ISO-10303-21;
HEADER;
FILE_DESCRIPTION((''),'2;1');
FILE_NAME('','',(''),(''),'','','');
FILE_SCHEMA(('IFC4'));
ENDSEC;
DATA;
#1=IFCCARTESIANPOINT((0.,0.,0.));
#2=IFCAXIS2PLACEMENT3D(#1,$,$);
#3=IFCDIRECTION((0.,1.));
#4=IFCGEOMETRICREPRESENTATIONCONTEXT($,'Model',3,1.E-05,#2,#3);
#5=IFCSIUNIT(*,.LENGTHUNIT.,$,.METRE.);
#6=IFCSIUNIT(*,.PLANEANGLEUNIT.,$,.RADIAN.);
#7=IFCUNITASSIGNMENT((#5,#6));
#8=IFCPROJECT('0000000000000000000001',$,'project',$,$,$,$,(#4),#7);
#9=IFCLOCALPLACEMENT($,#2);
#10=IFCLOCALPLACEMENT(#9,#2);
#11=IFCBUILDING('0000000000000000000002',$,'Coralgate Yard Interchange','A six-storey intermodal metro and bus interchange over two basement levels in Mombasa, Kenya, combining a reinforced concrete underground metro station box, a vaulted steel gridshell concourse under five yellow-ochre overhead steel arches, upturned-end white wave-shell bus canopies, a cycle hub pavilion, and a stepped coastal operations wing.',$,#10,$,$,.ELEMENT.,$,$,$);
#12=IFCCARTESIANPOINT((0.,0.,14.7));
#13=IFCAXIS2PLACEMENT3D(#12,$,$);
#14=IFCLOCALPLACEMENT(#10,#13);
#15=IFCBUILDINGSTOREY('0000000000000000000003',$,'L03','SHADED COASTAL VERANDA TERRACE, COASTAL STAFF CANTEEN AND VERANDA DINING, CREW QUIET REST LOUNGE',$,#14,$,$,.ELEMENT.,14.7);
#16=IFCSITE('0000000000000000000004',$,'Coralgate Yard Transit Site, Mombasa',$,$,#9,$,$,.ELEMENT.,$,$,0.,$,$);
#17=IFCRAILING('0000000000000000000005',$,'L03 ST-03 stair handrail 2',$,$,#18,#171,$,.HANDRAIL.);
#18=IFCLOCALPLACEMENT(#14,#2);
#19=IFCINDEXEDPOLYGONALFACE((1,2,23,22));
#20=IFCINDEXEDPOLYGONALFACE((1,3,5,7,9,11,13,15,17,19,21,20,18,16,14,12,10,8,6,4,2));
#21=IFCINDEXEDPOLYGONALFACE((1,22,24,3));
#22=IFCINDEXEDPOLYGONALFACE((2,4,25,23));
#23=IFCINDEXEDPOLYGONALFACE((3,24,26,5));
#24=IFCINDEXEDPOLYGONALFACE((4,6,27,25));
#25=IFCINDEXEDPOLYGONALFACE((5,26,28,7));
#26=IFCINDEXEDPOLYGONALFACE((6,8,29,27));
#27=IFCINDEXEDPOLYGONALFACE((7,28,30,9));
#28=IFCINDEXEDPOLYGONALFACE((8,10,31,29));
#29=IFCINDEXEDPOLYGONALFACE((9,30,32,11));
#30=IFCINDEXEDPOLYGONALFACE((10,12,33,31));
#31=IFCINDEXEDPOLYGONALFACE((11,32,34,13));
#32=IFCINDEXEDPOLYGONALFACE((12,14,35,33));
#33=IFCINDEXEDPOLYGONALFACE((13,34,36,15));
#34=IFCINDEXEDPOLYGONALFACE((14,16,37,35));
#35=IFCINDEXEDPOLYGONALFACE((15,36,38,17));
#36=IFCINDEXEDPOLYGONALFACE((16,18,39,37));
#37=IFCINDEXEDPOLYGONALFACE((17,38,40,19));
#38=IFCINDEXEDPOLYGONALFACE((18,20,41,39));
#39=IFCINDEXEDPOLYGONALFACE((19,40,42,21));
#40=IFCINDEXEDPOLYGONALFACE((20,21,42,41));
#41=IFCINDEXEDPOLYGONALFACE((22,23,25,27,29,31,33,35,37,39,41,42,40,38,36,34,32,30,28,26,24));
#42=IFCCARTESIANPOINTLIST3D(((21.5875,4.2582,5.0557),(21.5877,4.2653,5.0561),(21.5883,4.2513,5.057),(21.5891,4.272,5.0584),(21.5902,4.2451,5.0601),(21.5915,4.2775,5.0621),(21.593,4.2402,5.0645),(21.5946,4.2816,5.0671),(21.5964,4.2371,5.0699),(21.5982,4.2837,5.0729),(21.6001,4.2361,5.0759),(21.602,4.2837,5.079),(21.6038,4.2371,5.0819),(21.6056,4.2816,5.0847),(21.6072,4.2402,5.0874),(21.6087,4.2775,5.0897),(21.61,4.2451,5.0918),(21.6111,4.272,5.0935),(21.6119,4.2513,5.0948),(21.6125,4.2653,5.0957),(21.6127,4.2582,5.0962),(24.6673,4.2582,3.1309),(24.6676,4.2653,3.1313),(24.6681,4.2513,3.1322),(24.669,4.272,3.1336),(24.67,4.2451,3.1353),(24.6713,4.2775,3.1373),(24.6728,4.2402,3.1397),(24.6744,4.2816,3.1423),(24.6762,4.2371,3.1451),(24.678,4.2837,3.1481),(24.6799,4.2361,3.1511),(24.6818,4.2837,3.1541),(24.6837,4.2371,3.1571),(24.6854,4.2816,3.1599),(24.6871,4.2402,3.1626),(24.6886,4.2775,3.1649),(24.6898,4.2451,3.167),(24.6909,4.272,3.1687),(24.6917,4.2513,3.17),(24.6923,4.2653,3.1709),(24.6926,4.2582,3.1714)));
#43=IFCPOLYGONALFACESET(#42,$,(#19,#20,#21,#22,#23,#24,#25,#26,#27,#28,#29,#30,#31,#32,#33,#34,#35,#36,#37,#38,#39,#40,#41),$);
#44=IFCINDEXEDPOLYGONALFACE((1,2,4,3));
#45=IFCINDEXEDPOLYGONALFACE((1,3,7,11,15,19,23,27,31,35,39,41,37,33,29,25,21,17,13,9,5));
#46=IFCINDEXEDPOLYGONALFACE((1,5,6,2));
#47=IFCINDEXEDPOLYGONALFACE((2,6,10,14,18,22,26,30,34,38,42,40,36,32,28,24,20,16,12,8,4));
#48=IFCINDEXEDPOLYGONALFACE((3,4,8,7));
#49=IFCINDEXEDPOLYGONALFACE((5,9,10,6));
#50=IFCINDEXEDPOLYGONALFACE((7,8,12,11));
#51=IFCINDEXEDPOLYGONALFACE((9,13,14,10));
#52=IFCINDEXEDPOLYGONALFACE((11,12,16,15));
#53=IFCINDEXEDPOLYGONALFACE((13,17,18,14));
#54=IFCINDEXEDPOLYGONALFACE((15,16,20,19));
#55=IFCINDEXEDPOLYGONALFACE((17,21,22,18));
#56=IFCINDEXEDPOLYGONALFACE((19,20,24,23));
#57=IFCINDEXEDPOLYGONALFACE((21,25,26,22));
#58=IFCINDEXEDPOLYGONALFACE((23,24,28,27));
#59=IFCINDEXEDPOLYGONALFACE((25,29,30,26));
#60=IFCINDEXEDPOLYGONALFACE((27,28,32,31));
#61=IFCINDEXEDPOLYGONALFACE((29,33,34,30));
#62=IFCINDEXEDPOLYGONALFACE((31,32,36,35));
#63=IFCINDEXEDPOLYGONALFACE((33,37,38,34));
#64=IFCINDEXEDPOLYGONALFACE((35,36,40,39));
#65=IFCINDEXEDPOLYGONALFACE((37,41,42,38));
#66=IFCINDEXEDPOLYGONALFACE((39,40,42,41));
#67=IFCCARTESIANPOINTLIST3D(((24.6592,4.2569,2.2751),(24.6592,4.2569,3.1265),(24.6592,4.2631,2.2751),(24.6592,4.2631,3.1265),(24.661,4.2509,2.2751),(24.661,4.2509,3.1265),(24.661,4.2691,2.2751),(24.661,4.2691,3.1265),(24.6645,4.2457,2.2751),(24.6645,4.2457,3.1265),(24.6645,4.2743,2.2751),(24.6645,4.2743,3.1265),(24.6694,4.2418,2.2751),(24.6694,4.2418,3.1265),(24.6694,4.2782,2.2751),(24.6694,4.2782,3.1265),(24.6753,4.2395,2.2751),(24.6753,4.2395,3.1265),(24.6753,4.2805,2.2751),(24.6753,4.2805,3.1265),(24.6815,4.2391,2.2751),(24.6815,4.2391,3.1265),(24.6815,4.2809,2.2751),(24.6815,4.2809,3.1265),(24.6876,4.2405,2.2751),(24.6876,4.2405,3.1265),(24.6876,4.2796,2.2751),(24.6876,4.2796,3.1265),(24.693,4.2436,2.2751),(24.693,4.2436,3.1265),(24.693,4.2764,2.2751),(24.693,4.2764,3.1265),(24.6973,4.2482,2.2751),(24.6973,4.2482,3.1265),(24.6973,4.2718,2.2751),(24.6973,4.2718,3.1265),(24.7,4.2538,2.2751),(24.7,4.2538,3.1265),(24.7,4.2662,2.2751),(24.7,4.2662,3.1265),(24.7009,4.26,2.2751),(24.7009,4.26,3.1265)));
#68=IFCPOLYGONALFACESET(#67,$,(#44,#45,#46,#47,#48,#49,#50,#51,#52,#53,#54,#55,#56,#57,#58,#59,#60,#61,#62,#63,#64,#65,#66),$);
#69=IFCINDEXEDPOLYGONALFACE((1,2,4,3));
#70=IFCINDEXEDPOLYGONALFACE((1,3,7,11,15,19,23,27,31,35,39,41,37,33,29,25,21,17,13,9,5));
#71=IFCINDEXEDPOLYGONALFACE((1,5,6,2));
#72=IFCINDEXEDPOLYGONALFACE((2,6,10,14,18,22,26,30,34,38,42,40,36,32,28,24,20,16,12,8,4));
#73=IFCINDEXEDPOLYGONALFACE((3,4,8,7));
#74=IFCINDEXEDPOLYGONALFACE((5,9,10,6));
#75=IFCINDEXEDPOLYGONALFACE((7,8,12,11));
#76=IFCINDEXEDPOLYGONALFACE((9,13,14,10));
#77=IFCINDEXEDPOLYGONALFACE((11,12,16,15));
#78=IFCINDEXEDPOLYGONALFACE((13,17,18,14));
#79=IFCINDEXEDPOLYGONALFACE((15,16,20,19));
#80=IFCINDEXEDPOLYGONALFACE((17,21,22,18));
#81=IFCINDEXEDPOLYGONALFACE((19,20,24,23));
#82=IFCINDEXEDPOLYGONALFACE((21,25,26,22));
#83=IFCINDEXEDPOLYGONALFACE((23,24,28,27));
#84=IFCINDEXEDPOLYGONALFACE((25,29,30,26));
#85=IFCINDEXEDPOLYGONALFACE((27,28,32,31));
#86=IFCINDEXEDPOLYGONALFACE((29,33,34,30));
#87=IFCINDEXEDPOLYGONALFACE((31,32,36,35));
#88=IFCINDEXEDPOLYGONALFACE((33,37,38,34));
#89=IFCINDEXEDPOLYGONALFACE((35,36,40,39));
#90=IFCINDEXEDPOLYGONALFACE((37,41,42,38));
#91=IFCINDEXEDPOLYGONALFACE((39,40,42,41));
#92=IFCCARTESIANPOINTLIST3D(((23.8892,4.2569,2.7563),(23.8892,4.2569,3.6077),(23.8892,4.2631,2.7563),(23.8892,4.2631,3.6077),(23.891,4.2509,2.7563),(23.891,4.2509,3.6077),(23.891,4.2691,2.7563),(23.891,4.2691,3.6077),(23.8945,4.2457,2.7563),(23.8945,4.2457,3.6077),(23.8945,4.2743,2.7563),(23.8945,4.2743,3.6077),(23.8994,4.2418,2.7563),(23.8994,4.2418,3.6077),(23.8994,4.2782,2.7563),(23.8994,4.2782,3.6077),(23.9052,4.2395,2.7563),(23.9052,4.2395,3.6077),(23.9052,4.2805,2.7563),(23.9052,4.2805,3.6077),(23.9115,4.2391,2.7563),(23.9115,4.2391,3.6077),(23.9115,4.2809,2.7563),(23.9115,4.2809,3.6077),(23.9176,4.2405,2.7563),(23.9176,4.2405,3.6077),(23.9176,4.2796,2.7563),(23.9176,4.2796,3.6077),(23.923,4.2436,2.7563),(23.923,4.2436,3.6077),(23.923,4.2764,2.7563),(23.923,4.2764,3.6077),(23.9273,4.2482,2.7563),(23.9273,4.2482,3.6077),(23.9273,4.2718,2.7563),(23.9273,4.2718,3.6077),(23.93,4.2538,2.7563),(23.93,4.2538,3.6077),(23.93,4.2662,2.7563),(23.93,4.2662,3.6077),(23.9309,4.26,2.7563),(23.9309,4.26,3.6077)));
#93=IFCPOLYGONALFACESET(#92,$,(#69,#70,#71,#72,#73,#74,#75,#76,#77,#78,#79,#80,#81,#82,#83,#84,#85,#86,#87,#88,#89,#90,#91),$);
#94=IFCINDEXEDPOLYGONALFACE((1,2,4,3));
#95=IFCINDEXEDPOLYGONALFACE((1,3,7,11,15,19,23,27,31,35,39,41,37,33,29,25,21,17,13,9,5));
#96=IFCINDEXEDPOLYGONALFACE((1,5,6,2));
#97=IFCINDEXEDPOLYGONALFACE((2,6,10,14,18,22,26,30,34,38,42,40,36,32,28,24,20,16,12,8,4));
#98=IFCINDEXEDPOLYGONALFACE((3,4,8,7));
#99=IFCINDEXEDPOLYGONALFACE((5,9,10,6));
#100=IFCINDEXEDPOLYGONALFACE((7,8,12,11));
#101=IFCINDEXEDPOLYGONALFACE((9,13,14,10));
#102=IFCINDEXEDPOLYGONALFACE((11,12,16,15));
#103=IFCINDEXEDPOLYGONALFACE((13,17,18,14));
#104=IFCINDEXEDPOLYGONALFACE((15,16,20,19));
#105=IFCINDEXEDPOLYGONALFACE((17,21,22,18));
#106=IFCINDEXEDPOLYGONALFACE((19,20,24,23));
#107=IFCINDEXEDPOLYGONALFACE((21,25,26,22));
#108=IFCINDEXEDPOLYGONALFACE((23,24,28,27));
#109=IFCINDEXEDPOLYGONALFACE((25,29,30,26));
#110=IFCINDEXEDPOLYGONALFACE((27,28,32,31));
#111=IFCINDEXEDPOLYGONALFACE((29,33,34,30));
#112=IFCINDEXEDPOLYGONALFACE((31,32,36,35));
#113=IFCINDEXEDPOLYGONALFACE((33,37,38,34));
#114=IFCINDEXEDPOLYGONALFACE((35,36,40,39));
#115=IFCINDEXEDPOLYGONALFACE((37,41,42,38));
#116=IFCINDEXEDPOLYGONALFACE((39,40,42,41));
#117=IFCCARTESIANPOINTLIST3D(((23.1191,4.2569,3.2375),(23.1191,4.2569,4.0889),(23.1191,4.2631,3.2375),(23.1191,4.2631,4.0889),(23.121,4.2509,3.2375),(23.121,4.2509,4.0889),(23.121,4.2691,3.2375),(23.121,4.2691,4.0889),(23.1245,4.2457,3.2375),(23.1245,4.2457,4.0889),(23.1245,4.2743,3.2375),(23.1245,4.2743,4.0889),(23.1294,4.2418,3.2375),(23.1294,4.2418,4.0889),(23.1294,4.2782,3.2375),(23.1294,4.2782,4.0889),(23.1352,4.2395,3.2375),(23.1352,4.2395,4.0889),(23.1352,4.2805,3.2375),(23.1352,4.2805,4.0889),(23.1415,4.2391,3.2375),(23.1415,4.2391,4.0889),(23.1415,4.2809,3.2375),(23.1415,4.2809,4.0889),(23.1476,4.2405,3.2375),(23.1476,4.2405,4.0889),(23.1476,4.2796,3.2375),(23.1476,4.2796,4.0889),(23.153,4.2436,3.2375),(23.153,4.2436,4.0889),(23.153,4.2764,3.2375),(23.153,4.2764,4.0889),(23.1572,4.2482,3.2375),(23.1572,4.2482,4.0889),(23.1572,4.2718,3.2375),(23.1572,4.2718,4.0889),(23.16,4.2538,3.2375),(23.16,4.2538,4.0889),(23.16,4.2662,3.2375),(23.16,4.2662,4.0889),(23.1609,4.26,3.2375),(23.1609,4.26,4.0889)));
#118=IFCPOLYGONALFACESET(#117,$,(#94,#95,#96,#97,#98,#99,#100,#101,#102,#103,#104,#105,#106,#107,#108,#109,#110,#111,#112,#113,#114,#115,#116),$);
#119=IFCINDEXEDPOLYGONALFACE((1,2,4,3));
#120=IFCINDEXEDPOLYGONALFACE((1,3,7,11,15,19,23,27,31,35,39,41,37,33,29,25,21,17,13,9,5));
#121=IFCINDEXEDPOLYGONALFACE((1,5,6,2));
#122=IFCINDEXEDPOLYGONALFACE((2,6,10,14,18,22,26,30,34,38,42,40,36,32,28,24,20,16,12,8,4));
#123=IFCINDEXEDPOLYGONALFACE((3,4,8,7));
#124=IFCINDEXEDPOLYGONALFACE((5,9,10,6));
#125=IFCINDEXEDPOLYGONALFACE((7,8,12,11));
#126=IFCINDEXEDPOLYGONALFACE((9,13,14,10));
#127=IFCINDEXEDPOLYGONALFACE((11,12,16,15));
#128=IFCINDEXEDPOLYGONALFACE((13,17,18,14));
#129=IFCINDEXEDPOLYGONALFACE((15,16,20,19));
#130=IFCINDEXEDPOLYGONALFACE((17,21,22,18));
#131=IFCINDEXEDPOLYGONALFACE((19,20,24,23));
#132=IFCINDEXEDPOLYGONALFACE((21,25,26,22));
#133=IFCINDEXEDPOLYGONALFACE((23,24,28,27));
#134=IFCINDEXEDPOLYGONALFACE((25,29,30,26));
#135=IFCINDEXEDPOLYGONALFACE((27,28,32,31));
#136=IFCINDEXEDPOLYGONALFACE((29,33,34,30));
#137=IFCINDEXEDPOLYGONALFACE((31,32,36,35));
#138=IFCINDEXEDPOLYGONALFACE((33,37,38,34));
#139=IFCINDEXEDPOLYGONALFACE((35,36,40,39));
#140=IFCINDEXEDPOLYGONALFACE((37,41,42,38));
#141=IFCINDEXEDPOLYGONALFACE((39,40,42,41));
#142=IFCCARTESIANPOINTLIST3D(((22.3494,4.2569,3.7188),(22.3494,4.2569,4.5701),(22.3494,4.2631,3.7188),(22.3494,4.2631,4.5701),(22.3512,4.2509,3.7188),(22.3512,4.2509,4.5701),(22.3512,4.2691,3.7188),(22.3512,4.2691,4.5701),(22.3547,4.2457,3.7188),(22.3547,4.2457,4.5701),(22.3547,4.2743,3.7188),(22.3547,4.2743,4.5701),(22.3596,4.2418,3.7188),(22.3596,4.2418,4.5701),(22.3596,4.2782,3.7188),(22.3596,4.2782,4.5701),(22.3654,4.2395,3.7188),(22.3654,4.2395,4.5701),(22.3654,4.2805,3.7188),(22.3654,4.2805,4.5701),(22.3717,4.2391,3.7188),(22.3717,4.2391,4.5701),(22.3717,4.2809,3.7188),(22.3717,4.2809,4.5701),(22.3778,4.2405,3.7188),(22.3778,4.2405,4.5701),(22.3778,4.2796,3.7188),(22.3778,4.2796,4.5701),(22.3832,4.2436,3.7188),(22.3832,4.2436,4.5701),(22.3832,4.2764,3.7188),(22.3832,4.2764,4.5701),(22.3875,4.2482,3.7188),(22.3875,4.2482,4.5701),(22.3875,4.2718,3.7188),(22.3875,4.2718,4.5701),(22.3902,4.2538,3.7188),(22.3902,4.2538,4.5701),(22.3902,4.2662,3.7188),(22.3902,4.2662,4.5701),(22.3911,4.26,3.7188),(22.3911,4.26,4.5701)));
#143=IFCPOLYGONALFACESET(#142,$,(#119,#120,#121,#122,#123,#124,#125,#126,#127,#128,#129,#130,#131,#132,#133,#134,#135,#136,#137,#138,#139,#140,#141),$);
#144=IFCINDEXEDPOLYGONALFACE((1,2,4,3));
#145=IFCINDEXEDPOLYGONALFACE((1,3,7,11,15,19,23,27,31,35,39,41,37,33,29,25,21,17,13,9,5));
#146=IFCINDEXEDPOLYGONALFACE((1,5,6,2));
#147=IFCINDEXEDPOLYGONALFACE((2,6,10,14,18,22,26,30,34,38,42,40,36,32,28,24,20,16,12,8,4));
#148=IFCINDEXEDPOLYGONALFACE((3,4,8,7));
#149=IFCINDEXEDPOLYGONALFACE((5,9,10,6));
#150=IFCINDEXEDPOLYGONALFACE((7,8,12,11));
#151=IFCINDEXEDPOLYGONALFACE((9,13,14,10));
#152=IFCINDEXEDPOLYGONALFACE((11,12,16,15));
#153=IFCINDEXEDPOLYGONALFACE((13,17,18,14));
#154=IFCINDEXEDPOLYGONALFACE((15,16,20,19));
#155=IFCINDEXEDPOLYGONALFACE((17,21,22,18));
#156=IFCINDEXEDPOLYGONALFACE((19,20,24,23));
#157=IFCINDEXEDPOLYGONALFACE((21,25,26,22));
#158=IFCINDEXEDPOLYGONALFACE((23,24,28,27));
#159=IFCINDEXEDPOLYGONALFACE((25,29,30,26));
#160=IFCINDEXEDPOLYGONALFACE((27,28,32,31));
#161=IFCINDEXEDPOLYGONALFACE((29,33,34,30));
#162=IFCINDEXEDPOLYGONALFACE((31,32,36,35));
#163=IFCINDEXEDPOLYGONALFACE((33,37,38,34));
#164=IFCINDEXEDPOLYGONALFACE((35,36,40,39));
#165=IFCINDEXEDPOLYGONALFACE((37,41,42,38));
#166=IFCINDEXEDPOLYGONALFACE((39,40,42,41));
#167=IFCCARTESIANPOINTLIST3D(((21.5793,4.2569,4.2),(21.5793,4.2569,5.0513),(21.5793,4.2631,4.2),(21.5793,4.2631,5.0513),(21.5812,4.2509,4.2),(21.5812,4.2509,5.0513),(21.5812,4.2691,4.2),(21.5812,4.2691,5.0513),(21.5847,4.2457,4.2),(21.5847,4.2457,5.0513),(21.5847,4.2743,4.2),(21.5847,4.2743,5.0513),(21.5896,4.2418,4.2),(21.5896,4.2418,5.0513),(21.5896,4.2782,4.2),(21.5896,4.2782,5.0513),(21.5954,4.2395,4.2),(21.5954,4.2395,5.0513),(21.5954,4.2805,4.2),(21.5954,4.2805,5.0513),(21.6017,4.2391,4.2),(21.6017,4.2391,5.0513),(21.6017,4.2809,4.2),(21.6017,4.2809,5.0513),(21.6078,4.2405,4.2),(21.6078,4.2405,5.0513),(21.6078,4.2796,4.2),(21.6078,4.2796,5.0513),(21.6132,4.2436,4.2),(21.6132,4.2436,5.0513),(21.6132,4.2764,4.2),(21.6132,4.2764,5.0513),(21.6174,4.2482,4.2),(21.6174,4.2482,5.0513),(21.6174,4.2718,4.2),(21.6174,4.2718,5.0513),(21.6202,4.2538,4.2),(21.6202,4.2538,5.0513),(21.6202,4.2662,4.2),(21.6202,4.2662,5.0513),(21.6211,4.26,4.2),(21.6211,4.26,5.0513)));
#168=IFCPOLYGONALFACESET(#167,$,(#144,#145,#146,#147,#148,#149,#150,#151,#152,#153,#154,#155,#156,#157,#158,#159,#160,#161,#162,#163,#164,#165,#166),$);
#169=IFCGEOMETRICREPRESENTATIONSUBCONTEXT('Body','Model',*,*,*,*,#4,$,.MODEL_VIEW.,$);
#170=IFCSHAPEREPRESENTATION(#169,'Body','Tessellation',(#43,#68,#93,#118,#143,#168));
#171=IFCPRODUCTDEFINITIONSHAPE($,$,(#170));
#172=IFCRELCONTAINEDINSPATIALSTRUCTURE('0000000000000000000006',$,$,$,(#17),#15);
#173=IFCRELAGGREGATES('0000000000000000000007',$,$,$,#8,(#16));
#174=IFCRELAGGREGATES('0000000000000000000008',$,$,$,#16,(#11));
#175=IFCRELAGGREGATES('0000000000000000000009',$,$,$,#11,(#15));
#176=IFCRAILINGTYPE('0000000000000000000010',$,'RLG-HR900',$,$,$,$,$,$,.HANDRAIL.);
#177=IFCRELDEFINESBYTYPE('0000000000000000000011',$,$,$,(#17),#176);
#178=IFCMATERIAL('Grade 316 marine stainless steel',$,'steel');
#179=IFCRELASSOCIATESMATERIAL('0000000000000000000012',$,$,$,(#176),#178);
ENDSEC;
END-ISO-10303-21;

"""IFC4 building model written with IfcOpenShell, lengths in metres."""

from ifc_helpers import new_model, si_unit, direction, frame, origin, origin_2d, place, context, subcontext, project, spatial, circle, extrude, material, type_object, element, save


model = new_model("IFC4")

# Units and contexts
model_context = context("Model", 3, precision=1e-05, world=origin(), true_north=direction((0.0, 1.0)))
body_context = subcontext(model_context, "Body", "Model", "MODEL_VIEW")
ifc_project = project(units=[si_unit("LENGTHUNIT", "METRE"), si_unit("PLANEANGLEUNIT", "RADIAN")], contexts=[model_context])

# Site, building, storey
site_placement = place(None, origin())
site = spatial("IfcSite", under=ifc_project, at=site_placement, Name="Coralgate Yard Transit Site, Mombasa", CompositionType="ELEMENT", RefElevation=0.0)
building_placement = place(site_placement, origin())
building = spatial("IfcBuilding", under=site, at=building_placement, Name="Coralgate Yard Interchange", Description="A six-storey intermodal metro and bus interchange over two basement levels in Mombasa, Kenya, combining a reinforced concrete underground metro station box, a vaulted steel gridshell concourse under five yellow-ochre overhead steel arches, upturned-end white wave-shell bus canopies, a cycle hub pavilion, and a stepped coastal operations wing.", CompositionType="ELEMENT")
storey_placement = place(building_placement, frame((0.0, 0.0, 14.7)))
storey = spatial("IfcBuildingStorey", under=building, at=storey_placement, Name="L03", Description="SHADED COASTAL VERANDA TERRACE, COASTAL STAFF CANTEEN AND VERANDA DINING, CREW QUIET REST LOUNGE", CompositionType="ELEMENT", Elevation=14.7)

# Railing
ifc_material_1 = material(Name="Grade 316 marine stainless steel", Category="steel")
railing_type_1 = type_object("IfcRailingType", Name="RLG-HR900", PredefinedType="HANDRAIL", material=ifc_material_1)
railing_1_placement = place(storey_placement, frame((24.6799, 4.26, 2.2751)))
element("IfcRailing", 1, at=railing_1_placement, inside=storey, type_object=railing_type_1, Name="L03 ST-03 stair handrail 2", PredefinedType="HANDRAIL", context=body_context, shape_type="SweptSolid", body=[
    extrude(circle(Radius=0.0239, at=origin_2d()), frame((0.0, 0.0, 0.876), z_axis=(-0.84801, 0.0, 0.529981), x_axis=(0.0, -1.0, 0.0)), (0.0, 0.0, 1.0), 3.6318),
    extrude(circle(Radius=0.021, at=origin_2d()), origin(), (0.0, 0.0, 1.0), 0.8513),
    extrude(circle(Radius=0.021, at=origin_2d()), frame((-0.77, 0.0, 0.4812)), (0.0, 0.0, 1.0), 0.8513),
    extrude(circle(Radius=0.021, at=origin_2d()), frame((-1.54, 0.0, 0.9624)), (0.0, 0.0, 1.0), 0.8513),
    extrude(circle(Radius=0.021, at=origin_2d()), frame((-2.3098, 0.0, 1.4436)), (0.0, 0.0, 1.0), 0.8513),
    extrude(circle(Radius=0.021, at=origin_2d()), frame((-3.0798, 0.0, 1.9248)), (0.0, 0.0, 1.0), 0.8513),
])

save(model, "model.ifc")
